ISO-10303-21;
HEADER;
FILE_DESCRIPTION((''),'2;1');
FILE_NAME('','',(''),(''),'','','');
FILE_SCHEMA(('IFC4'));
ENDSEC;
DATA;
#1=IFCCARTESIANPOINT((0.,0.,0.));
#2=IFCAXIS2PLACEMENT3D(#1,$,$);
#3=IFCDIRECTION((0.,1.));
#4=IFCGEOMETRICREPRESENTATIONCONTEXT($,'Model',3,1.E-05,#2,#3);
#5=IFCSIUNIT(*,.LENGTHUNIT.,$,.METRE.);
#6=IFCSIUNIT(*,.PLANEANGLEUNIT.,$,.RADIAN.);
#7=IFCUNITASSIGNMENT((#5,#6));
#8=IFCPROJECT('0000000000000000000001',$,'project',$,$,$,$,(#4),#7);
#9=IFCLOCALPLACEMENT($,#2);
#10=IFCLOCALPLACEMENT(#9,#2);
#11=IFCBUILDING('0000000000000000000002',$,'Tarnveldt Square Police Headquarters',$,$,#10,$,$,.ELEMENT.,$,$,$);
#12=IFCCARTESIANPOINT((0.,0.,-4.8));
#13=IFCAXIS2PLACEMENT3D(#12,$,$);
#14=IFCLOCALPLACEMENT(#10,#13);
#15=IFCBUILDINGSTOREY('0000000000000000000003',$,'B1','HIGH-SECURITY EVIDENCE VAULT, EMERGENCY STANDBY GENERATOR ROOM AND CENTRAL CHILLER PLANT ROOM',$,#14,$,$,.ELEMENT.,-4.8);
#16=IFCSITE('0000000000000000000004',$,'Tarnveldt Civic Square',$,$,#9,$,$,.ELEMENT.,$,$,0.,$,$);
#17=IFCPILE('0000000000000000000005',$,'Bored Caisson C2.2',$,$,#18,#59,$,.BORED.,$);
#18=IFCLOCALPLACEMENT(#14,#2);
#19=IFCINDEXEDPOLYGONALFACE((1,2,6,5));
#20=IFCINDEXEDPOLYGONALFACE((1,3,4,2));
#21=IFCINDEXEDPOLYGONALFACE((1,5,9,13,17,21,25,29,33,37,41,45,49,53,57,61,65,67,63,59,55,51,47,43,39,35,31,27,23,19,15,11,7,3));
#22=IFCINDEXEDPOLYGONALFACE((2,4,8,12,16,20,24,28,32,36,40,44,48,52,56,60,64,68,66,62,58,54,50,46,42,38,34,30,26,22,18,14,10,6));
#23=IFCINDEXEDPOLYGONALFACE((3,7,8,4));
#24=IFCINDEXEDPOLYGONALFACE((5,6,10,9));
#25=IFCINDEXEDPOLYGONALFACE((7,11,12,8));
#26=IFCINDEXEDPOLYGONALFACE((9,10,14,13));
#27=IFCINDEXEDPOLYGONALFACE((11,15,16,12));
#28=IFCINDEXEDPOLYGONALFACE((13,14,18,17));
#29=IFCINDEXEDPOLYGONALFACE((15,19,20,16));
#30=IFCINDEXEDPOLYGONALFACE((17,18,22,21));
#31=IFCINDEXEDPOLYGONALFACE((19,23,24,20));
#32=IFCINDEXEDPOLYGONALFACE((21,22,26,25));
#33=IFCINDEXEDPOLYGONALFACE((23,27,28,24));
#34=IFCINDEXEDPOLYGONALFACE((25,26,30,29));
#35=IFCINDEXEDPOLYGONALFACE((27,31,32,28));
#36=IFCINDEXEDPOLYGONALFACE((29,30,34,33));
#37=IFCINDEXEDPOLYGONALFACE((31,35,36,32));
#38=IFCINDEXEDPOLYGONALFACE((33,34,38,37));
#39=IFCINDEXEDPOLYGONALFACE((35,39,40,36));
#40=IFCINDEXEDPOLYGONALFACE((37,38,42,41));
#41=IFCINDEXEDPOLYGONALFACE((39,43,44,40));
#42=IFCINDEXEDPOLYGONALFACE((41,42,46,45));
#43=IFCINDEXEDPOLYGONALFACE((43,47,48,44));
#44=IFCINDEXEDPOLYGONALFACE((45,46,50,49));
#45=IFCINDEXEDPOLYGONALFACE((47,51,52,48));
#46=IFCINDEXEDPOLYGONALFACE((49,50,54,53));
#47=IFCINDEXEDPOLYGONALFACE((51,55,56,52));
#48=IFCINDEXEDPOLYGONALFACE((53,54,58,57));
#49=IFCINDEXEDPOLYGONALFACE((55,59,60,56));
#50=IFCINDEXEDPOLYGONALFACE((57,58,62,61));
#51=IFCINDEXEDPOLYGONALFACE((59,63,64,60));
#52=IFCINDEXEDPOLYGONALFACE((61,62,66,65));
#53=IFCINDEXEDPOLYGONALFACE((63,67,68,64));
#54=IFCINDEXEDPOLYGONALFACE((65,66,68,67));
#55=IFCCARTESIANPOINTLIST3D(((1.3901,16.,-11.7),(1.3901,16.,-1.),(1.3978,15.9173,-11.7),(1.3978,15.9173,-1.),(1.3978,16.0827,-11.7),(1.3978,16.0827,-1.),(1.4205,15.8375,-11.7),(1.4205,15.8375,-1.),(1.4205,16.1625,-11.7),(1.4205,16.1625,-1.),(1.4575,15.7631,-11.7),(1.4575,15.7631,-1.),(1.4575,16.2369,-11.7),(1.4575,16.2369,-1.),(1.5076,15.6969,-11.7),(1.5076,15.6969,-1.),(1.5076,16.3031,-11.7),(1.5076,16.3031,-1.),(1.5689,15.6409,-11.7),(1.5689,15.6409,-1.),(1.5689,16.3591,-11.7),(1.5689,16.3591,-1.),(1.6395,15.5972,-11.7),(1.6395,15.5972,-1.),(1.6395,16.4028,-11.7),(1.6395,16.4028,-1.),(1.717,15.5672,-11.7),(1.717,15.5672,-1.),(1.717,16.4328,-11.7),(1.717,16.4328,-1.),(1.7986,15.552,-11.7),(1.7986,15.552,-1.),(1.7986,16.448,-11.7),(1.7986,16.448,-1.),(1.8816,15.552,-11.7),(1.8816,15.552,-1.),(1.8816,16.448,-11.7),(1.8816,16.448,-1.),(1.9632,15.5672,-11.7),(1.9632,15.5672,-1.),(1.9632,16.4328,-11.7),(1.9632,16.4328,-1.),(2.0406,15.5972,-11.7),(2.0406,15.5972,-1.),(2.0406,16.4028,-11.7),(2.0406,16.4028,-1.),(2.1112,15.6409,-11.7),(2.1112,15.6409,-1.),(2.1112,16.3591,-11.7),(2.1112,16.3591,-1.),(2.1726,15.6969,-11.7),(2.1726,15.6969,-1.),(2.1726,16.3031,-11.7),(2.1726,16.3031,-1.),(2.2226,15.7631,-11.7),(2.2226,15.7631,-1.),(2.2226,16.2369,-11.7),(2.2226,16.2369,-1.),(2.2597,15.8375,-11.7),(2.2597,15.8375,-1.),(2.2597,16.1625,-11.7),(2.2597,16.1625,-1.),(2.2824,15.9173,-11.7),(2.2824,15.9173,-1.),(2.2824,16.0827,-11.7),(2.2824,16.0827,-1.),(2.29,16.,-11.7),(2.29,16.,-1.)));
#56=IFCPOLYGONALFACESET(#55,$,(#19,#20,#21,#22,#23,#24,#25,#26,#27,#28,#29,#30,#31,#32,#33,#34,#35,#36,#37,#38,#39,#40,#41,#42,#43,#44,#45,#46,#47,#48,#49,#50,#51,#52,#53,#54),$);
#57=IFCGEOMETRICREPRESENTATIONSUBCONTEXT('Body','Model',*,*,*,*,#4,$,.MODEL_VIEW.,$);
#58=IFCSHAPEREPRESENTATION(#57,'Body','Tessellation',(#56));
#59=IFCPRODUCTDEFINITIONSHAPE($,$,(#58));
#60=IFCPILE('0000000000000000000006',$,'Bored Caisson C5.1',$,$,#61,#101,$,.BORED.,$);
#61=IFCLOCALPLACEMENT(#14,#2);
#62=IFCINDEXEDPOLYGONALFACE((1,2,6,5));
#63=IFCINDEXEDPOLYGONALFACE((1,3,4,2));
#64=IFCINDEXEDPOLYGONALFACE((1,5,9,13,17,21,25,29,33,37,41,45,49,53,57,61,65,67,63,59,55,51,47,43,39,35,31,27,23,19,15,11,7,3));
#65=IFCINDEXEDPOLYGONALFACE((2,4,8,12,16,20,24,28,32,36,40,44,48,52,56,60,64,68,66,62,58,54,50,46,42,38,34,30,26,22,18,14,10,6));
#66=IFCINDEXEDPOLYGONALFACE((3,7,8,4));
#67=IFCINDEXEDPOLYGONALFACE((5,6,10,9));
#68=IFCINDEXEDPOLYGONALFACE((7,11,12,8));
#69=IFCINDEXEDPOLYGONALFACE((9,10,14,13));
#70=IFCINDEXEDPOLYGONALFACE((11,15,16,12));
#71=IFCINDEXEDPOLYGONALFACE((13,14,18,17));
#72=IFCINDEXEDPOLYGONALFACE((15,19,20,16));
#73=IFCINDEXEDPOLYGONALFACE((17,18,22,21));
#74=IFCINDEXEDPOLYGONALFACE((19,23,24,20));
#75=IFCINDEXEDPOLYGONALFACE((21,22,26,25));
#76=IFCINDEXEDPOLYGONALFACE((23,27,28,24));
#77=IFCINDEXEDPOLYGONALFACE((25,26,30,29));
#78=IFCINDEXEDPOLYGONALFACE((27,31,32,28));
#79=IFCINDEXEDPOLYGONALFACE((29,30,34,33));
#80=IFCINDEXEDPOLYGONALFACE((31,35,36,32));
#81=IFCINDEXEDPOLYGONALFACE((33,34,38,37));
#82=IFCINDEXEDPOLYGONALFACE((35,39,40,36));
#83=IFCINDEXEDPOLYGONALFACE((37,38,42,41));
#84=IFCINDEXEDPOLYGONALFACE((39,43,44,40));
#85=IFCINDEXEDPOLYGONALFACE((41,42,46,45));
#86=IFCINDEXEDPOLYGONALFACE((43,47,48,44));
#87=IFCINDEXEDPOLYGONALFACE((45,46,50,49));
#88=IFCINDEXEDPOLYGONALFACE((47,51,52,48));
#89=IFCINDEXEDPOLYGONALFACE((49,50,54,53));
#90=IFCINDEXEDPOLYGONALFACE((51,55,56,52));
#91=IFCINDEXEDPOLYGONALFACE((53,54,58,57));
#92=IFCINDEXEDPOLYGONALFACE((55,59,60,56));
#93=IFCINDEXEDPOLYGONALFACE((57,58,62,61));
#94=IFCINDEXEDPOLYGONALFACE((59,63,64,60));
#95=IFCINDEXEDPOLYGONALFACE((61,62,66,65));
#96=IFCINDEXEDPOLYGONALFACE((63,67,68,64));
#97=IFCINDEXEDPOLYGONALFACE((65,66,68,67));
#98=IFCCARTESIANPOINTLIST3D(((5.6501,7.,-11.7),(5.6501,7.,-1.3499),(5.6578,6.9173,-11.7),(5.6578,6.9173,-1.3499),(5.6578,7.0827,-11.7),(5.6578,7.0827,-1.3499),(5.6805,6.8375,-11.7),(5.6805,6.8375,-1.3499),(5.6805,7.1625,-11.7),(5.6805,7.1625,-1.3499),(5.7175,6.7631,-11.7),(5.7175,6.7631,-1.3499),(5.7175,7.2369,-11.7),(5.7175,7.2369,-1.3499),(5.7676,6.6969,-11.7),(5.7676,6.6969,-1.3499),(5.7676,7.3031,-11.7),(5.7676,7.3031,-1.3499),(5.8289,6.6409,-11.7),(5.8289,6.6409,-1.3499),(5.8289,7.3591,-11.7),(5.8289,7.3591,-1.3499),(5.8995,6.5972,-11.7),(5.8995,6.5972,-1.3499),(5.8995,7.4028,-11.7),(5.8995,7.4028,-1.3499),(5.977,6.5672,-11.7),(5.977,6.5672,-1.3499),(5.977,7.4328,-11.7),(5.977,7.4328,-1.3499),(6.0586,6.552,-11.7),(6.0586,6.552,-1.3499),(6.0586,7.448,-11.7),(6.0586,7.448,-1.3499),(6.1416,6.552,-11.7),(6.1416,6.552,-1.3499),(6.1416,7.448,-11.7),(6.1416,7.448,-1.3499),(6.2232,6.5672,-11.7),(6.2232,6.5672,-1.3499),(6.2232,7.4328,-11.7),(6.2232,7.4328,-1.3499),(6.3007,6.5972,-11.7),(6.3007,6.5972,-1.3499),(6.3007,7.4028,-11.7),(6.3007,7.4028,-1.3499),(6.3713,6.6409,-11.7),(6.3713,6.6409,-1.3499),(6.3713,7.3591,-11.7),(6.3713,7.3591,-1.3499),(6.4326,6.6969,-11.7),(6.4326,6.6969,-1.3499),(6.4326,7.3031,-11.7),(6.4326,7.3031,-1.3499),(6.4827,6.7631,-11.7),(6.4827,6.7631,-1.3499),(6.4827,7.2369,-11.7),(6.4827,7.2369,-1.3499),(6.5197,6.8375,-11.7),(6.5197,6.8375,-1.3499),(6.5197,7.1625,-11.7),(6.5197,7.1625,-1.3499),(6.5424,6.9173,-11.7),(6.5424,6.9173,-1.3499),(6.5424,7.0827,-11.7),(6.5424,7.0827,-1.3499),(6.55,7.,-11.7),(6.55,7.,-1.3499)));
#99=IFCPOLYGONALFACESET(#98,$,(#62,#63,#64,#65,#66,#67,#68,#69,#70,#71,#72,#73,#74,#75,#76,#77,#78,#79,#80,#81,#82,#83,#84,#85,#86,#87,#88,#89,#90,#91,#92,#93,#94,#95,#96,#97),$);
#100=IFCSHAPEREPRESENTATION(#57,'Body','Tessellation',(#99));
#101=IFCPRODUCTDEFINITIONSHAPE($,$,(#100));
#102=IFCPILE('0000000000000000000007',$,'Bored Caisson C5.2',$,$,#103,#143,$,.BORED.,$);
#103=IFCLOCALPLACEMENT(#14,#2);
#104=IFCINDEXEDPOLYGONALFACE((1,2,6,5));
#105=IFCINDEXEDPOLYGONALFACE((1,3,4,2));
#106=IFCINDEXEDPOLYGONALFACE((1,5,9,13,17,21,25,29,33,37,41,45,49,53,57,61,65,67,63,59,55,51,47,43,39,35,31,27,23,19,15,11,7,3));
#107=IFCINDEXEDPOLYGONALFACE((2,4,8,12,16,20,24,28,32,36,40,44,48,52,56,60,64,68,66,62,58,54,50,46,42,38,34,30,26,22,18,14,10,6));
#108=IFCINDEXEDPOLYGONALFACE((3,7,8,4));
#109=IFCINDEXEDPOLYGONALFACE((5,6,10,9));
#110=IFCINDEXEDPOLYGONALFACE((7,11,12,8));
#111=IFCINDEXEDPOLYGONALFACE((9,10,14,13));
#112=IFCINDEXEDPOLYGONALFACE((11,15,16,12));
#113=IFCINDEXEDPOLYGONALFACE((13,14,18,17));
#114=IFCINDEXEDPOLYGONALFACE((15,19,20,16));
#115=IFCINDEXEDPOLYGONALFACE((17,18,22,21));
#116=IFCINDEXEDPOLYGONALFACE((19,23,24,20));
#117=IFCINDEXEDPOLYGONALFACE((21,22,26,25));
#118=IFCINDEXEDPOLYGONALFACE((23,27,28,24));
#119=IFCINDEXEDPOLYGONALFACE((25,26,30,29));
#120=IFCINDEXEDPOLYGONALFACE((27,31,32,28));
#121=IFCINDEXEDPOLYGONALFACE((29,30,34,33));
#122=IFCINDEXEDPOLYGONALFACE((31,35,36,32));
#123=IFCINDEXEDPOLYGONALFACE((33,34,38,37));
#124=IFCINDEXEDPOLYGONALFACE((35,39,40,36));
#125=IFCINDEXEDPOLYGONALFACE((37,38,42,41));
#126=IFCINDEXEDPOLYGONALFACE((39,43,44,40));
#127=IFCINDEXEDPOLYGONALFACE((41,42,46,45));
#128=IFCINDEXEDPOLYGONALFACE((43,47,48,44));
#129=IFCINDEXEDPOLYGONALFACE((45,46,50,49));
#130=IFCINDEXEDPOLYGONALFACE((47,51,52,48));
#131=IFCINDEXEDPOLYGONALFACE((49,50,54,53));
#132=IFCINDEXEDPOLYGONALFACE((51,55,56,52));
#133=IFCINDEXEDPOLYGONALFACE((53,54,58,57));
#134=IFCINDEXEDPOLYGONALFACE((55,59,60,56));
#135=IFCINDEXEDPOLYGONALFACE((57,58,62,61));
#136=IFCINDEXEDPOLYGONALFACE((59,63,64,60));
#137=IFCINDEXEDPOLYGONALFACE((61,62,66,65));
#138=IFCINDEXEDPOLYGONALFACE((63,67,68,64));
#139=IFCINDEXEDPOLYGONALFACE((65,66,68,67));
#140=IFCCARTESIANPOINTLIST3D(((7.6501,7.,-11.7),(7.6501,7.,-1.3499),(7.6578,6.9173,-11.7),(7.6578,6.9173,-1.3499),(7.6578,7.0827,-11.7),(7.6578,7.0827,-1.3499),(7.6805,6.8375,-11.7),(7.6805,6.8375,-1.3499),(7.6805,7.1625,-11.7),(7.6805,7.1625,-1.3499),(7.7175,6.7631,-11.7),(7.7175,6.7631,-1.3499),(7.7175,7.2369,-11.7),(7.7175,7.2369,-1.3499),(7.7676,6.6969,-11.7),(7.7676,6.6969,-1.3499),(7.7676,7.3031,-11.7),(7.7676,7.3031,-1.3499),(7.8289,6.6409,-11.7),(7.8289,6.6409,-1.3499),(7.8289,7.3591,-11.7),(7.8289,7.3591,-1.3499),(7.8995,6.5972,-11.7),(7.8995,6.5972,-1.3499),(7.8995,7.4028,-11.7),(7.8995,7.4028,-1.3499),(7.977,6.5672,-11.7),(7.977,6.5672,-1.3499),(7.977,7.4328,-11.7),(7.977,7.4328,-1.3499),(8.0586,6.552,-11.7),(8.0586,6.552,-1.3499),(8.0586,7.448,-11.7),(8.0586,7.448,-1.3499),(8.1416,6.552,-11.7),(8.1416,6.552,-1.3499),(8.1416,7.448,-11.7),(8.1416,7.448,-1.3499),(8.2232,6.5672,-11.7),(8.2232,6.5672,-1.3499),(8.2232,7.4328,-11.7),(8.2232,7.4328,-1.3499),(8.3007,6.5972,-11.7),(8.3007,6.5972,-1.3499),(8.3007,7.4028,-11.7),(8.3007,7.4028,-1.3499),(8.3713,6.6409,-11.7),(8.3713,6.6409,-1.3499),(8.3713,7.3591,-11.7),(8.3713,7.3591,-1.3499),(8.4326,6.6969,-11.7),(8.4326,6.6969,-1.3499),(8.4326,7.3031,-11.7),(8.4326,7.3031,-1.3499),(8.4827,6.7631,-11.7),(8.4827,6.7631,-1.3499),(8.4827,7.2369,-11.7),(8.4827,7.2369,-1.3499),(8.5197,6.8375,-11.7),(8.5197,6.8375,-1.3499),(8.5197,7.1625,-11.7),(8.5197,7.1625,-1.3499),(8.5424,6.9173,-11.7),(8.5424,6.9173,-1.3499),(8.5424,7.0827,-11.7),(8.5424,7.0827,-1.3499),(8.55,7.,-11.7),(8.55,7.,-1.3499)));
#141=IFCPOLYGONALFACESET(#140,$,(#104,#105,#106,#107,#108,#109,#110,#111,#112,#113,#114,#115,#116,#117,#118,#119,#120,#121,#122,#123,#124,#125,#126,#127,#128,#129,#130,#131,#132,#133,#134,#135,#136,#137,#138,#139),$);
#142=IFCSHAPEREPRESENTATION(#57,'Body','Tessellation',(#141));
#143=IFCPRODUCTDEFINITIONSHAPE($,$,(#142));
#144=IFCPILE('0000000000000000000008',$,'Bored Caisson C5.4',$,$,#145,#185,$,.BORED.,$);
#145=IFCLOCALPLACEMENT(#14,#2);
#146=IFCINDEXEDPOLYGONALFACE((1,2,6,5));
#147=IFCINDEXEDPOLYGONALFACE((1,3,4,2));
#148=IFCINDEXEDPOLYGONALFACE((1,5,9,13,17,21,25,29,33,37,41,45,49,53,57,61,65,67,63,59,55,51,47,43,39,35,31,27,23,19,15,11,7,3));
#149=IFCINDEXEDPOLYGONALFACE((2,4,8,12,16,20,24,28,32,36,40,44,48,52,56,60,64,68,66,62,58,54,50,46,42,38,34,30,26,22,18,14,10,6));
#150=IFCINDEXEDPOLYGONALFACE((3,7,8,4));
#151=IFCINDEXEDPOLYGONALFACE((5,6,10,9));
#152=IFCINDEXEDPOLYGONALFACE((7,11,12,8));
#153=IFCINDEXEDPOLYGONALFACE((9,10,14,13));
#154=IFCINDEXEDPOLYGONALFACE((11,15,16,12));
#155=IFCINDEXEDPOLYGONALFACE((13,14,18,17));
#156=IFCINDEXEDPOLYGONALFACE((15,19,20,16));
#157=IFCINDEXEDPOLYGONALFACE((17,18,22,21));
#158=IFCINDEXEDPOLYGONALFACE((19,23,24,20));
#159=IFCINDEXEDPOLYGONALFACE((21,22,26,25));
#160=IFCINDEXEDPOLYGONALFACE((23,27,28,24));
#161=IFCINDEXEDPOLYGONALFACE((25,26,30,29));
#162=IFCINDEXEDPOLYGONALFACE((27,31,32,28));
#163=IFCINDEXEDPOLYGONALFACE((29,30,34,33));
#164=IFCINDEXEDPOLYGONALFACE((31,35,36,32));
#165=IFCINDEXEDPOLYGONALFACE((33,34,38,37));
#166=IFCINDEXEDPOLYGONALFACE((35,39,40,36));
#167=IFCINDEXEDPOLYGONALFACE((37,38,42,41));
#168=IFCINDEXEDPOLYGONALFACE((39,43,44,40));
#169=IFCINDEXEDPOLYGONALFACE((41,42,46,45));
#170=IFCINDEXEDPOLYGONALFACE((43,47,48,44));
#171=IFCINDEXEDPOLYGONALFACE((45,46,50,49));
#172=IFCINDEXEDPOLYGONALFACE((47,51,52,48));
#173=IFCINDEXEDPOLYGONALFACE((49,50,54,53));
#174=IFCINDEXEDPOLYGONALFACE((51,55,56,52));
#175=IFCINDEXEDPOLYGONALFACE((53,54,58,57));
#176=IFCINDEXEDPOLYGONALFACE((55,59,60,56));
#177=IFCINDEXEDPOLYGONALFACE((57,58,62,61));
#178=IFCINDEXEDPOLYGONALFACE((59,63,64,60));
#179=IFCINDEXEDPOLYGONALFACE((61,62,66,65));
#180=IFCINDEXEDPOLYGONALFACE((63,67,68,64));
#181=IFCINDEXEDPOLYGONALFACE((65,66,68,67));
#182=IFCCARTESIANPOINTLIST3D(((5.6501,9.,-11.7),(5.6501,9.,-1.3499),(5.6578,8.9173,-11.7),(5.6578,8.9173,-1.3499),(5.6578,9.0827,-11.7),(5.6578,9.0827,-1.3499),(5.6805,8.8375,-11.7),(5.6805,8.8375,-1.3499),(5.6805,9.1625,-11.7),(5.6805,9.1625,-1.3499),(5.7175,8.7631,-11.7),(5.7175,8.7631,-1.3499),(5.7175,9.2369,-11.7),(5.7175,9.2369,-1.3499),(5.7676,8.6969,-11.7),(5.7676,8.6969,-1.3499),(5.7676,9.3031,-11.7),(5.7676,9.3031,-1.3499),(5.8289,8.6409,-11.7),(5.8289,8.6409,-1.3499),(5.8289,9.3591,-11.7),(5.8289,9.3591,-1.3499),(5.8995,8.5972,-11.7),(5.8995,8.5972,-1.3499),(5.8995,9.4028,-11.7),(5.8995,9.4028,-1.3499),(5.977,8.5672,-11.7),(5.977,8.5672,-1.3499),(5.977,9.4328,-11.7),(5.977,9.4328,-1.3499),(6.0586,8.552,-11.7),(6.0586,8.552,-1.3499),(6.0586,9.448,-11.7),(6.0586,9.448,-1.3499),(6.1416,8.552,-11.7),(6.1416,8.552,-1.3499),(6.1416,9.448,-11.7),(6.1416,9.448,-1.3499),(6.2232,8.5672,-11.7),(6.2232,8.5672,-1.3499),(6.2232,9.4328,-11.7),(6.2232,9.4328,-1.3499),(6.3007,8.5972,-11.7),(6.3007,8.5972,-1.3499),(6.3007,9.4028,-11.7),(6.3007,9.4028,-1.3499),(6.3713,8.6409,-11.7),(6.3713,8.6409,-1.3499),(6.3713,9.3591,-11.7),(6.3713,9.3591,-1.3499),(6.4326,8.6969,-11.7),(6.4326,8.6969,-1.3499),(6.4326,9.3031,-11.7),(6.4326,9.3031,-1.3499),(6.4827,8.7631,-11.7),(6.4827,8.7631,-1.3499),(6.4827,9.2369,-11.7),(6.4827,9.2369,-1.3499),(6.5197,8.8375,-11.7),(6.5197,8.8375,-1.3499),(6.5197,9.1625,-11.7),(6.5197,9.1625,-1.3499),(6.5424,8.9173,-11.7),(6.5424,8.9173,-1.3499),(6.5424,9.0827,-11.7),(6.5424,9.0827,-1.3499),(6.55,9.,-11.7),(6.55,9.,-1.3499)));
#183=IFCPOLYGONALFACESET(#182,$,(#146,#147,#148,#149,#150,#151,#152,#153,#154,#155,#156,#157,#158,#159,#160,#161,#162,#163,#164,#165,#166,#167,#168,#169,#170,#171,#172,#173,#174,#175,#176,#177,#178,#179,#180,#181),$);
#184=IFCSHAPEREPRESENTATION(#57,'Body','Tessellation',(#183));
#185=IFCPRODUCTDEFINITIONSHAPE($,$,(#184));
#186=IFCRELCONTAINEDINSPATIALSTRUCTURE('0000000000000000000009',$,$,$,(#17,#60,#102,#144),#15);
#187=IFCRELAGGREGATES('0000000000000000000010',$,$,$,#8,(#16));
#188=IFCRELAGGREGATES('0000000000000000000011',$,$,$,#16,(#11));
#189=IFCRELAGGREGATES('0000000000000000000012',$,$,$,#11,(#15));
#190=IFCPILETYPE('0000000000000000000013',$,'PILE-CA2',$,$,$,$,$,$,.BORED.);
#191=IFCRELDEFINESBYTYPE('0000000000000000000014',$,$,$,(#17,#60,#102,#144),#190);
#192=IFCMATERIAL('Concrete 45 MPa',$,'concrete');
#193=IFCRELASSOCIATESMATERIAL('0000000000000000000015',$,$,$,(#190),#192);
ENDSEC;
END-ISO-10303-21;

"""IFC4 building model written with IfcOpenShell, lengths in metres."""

from ifc_helpers import new_model, si_unit, direction, frame, origin, origin_2d, place, context, subcontext, project, spatial, circle, extrude, material, material_profile, profile_set, type_object, element, save


model = new_model("IFC4")

# Units and contexts
model_context = context("Model", 3, precision=1e-05, world=origin(), true_north=direction((0.0, 1.0)))
body_context = subcontext(model_context, "Body", "Model", "MODEL_VIEW")
ifc_project = project(units=[si_unit("LENGTHUNIT", "METRE"), si_unit("PLANEANGLEUNIT", "RADIAN")], contexts=[model_context])

# Site, building, storey
site_placement = place(None, origin())
site = spatial("IfcSite", under=ifc_project, at=site_placement, Name="Tarnveldt Civic Square", CompositionType="ELEMENT", RefElevation=0.0)
building_placement = place(site_placement, origin())
building = spatial("IfcBuilding", under=site, at=building_placement, Name="Tarnveldt Square Police Headquarters", CompositionType="ELEMENT")
storey_placement = place(building_placement, frame((0.0, 0.0, -4.8)))
storey = spatial("IfcBuildingStorey", under=building, at=storey_placement, Name="B1", Description="HIGH-SECURITY EVIDENCE VAULT, EMERGENCY STANDBY GENERATOR ROOM AND CENTRAL CHILLER PLANT ROOM", CompositionType="ELEMENT", Elevation=-4.8)

# Shared definitions
ifc_material_1 = material(Name="Concrete 45 MPa", Category="concrete")

# Piles
ifc_material_profile_1 = material_profile(ifc_material_1, circle(Radius=0.45, at=origin_2d()), Name="CAISSON-D900")
ifc_profile_set_1 = profile_set([ifc_material_profile_1], Name="Concrete 45 MPa")
pile_type_1 = type_object("IfcPileType", Name="PILE-CA2", PredefinedType="BORED", material=ifc_profile_set_1)
for number, where, z_axis, x_axis, name in (
    (1, (1.8401, 16.0, -1.0), (0.0, 0.0, -1.0), (1.0, 0.0, 0.0), "Bored Caisson C2.2"),
):
    element("IfcPile", number, at=place(storey_placement, frame(where, z_axis=z_axis, x_axis=x_axis)), inside=storey, type_object=pile_type_1, Name=name, PredefinedType="BORED", context=body_context, shape_type="SweptSolid", body=[
        extrude(circle(Radius=0.45, at=origin_2d()), origin(), (0.0, 0.0, 1.0), 10.7),
    ])
for number, where, z_axis, x_axis, name in (
    (2, (6.1001, 7.0, -1.3499), (0.0, 0.0, -1.0), (1.0, 0.0, 0.0), "Bored Caisson C5.1"),
    (3, (8.1001, 7.0, -1.3499), (0.0, 0.0, -1.0), (1.0, 0.0, 0.0), "Bored Caisson C5.2"),
    (4, (6.1001, 9.0, -1.3499), (0.0, 0.0, -1.0), (1.0, 0.0, 0.0), "Bored Caisson C5.4"),
):
    element("IfcPile", number, at=place(storey_placement, frame(where, z_axis=z_axis, x_axis=x_axis)), inside=storey, type_object=pile_type_1, Name=name, PredefinedType="BORED", context=body_context, shape_type="SweptSolid", body=[
        extrude(circle(Radius=0.45, at=origin_2d()), origin(), (0.0, 0.0, 1.0), 10.3501),
    ])

save(model, "model.ifc")
